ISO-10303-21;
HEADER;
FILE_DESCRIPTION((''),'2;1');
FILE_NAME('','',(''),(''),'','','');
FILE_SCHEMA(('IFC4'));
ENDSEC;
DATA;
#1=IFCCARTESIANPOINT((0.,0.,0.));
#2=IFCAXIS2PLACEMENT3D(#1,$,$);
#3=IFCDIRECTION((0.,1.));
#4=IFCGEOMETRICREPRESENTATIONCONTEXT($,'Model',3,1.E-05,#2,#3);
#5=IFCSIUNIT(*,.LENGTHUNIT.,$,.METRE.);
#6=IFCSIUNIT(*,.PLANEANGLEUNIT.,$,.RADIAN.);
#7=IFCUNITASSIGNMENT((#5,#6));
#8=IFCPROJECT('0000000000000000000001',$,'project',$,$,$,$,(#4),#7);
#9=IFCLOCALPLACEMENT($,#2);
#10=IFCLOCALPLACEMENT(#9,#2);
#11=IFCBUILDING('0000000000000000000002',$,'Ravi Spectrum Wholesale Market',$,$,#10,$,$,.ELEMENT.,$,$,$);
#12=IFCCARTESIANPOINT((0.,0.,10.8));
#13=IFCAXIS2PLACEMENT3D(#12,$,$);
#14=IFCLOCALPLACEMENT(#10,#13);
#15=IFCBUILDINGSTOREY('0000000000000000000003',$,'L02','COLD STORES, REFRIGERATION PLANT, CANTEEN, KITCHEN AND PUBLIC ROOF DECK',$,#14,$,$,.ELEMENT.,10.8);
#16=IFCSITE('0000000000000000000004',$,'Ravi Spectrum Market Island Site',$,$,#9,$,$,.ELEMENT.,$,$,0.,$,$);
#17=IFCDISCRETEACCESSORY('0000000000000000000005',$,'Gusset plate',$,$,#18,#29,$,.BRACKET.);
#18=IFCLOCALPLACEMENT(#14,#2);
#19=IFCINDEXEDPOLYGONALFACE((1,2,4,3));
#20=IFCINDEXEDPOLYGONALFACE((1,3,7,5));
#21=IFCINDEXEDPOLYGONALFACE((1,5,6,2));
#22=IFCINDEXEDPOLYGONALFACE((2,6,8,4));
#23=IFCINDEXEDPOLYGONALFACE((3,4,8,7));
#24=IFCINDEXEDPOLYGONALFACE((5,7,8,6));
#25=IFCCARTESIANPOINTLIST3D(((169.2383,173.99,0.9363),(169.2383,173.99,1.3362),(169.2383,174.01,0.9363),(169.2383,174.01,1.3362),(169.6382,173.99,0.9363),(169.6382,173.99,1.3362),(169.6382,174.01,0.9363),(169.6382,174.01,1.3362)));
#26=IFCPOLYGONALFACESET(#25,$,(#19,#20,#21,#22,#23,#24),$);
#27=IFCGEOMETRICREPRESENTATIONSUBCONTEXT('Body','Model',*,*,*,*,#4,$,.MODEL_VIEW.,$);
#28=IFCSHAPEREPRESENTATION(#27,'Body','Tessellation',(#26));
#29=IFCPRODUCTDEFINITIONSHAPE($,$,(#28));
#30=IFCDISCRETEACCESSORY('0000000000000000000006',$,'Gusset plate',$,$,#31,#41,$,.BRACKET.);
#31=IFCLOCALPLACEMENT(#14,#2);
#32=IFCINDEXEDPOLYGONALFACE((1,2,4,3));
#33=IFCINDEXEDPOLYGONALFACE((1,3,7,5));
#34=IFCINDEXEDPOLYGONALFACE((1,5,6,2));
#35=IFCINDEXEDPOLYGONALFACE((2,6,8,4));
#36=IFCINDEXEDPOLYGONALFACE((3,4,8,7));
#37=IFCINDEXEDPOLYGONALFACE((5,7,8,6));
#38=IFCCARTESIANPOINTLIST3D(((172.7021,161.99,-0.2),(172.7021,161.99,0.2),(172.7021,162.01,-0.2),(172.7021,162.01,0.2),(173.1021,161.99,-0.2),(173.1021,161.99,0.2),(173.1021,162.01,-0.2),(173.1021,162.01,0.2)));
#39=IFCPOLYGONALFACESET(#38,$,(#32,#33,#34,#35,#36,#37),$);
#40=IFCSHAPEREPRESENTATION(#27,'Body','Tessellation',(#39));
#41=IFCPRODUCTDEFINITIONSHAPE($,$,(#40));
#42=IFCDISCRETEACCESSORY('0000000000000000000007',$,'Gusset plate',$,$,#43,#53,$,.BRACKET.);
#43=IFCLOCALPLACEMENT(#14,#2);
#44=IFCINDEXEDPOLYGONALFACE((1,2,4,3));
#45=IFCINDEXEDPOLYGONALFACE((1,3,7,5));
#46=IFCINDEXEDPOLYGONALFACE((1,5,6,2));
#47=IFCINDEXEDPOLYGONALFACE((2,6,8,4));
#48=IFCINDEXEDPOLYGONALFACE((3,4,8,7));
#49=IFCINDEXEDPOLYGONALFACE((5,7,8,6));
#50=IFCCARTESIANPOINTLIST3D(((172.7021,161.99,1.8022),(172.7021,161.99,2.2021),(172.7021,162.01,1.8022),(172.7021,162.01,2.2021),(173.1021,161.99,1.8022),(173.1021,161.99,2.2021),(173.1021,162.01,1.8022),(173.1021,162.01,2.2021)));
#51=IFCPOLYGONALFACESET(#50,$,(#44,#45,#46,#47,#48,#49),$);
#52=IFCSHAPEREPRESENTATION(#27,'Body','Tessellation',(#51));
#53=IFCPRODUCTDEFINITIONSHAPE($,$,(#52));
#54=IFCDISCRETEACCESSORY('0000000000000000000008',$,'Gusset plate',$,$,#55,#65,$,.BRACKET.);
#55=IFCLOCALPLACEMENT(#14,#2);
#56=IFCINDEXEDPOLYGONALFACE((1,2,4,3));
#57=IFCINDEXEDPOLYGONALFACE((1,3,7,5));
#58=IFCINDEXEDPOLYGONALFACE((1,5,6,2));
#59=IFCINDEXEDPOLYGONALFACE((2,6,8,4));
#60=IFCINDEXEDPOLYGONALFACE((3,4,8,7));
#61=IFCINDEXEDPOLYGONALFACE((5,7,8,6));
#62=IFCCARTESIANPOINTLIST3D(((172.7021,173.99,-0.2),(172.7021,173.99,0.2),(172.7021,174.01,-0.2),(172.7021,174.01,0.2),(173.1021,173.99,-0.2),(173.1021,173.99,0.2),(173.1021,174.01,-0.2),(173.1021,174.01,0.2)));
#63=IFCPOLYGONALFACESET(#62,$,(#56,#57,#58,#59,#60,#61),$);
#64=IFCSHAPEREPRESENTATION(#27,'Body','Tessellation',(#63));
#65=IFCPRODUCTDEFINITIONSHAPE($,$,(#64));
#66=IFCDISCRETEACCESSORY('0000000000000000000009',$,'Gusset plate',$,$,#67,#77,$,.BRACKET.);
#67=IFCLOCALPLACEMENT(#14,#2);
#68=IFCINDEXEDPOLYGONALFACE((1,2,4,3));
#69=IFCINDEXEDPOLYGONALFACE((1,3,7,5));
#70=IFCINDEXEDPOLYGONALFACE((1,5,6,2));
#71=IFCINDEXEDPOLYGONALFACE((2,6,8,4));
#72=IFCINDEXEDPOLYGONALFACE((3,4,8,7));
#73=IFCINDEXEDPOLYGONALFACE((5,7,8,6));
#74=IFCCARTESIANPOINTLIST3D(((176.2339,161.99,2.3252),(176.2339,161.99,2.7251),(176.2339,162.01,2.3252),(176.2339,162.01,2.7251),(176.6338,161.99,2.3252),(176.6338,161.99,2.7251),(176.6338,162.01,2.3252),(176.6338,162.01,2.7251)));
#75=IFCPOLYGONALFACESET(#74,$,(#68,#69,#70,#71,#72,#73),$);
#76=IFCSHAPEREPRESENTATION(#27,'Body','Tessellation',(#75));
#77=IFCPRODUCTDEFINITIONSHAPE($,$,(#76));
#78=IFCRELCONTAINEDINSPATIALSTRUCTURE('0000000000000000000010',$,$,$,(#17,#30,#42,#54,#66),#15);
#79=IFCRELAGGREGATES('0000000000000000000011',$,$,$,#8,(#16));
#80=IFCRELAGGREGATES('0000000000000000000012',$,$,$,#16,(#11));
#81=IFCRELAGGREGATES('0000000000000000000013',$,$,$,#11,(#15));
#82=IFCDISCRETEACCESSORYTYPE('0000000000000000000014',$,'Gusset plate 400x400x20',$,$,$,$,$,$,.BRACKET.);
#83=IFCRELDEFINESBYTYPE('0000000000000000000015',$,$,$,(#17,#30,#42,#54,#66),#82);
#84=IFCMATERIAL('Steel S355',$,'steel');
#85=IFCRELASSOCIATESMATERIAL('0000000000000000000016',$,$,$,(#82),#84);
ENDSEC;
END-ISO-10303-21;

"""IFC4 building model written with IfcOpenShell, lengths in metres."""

from ifc_helpers import new_model, si_unit, direction, frame, origin, origin_2d, place, context, subcontext, project, spatial, rectangle, extrude, material, material_profile, profile_set, type_object, element, save


model = new_model("IFC4")

# Units and contexts
model_context = context("Model", 3, precision=1e-05, world=origin(), true_north=direction((0.0, 1.0)))
body_context = subcontext(model_context, "Body", "Model", "MODEL_VIEW")
ifc_project = project(units=[si_unit("LENGTHUNIT", "METRE"), si_unit("PLANEANGLEUNIT", "RADIAN")], contexts=[model_context])

# Site, building, storey
site_placement = place(None, origin())
site = spatial("IfcSite", under=ifc_project, at=site_placement, Name="Ravi Spectrum Market Island Site", CompositionType="ELEMENT", RefElevation=0.0)
building_placement = place(site_placement, origin())
building = spatial("IfcBuilding", under=site, at=building_placement, Name="Ravi Spectrum Wholesale Market", CompositionType="ELEMENT")
storey_placement = place(building_placement, frame((0.0, 0.0, 10.8)))
storey = spatial("IfcBuildingStorey", under=building, at=storey_placement, Name="L02", Description="COLD STORES, REFRIGERATION PLANT, CANTEEN, KITCHEN AND PUBLIC ROOF DECK", CompositionType="ELEMENT", Elevation=10.8)

# Discrete accessories
ifc_material_1 = material(Name="Steel S355", Category="steel")
ifc_material_profile_1 = material_profile(ifc_material_1, rectangle(XDim=0.3999, YDim=0.02, at=origin_2d()))
ifc_profile_set_1 = profile_set([ifc_material_profile_1], Name="Steel S355")
discrete_accessory_type_1 = type_object("IfcDiscreteAccessoryType", Name="Gusset plate 400x400x20", PredefinedType="BRACKET", material=ifc_profile_set_1)
for number, where, z_axis, x_axis, name in (
    (1, (169.4382, 174.0, 0.9363), (0.0, 0.0, 1.0), (1.0, 0.0, 0.0), "Gusset plate"),
    (2, (172.9021, 162.0, -0.2), (0.0, 0.0, 1.0), (1.0, 0.0, 0.0), "Gusset plate"),
    (3, (172.9021, 162.0, 1.8022), (0.0, 0.0, 1.0), (1.0, 0.0, 0.0), "Gusset plate"),
    (4, (172.9021, 174.0, -0.2), (0.0, 0.0, 1.0), (1.0, 0.0, 0.0), "Gusset plate"),
    (5, (176.4338, 162.0, 2.3252), (0.0, 0.0, 1.0), (1.0, 0.0, 0.0), "Gusset plate"),
):
    element("IfcDiscreteAccessory", number, at=place(storey_placement, frame(where, z_axis=z_axis, x_axis=x_axis)), inside=storey, type_object=discrete_accessory_type_1, Name=name, PredefinedType="BRACKET", context=body_context, shape_type="SweptSolid", body=[
        extrude(rectangle(XDim=0.3999, YDim=0.02, at=origin_2d()), origin(), (0.0, 0.0, 1.0), 0.3999),
    ])

save(model, "model.ifc")
